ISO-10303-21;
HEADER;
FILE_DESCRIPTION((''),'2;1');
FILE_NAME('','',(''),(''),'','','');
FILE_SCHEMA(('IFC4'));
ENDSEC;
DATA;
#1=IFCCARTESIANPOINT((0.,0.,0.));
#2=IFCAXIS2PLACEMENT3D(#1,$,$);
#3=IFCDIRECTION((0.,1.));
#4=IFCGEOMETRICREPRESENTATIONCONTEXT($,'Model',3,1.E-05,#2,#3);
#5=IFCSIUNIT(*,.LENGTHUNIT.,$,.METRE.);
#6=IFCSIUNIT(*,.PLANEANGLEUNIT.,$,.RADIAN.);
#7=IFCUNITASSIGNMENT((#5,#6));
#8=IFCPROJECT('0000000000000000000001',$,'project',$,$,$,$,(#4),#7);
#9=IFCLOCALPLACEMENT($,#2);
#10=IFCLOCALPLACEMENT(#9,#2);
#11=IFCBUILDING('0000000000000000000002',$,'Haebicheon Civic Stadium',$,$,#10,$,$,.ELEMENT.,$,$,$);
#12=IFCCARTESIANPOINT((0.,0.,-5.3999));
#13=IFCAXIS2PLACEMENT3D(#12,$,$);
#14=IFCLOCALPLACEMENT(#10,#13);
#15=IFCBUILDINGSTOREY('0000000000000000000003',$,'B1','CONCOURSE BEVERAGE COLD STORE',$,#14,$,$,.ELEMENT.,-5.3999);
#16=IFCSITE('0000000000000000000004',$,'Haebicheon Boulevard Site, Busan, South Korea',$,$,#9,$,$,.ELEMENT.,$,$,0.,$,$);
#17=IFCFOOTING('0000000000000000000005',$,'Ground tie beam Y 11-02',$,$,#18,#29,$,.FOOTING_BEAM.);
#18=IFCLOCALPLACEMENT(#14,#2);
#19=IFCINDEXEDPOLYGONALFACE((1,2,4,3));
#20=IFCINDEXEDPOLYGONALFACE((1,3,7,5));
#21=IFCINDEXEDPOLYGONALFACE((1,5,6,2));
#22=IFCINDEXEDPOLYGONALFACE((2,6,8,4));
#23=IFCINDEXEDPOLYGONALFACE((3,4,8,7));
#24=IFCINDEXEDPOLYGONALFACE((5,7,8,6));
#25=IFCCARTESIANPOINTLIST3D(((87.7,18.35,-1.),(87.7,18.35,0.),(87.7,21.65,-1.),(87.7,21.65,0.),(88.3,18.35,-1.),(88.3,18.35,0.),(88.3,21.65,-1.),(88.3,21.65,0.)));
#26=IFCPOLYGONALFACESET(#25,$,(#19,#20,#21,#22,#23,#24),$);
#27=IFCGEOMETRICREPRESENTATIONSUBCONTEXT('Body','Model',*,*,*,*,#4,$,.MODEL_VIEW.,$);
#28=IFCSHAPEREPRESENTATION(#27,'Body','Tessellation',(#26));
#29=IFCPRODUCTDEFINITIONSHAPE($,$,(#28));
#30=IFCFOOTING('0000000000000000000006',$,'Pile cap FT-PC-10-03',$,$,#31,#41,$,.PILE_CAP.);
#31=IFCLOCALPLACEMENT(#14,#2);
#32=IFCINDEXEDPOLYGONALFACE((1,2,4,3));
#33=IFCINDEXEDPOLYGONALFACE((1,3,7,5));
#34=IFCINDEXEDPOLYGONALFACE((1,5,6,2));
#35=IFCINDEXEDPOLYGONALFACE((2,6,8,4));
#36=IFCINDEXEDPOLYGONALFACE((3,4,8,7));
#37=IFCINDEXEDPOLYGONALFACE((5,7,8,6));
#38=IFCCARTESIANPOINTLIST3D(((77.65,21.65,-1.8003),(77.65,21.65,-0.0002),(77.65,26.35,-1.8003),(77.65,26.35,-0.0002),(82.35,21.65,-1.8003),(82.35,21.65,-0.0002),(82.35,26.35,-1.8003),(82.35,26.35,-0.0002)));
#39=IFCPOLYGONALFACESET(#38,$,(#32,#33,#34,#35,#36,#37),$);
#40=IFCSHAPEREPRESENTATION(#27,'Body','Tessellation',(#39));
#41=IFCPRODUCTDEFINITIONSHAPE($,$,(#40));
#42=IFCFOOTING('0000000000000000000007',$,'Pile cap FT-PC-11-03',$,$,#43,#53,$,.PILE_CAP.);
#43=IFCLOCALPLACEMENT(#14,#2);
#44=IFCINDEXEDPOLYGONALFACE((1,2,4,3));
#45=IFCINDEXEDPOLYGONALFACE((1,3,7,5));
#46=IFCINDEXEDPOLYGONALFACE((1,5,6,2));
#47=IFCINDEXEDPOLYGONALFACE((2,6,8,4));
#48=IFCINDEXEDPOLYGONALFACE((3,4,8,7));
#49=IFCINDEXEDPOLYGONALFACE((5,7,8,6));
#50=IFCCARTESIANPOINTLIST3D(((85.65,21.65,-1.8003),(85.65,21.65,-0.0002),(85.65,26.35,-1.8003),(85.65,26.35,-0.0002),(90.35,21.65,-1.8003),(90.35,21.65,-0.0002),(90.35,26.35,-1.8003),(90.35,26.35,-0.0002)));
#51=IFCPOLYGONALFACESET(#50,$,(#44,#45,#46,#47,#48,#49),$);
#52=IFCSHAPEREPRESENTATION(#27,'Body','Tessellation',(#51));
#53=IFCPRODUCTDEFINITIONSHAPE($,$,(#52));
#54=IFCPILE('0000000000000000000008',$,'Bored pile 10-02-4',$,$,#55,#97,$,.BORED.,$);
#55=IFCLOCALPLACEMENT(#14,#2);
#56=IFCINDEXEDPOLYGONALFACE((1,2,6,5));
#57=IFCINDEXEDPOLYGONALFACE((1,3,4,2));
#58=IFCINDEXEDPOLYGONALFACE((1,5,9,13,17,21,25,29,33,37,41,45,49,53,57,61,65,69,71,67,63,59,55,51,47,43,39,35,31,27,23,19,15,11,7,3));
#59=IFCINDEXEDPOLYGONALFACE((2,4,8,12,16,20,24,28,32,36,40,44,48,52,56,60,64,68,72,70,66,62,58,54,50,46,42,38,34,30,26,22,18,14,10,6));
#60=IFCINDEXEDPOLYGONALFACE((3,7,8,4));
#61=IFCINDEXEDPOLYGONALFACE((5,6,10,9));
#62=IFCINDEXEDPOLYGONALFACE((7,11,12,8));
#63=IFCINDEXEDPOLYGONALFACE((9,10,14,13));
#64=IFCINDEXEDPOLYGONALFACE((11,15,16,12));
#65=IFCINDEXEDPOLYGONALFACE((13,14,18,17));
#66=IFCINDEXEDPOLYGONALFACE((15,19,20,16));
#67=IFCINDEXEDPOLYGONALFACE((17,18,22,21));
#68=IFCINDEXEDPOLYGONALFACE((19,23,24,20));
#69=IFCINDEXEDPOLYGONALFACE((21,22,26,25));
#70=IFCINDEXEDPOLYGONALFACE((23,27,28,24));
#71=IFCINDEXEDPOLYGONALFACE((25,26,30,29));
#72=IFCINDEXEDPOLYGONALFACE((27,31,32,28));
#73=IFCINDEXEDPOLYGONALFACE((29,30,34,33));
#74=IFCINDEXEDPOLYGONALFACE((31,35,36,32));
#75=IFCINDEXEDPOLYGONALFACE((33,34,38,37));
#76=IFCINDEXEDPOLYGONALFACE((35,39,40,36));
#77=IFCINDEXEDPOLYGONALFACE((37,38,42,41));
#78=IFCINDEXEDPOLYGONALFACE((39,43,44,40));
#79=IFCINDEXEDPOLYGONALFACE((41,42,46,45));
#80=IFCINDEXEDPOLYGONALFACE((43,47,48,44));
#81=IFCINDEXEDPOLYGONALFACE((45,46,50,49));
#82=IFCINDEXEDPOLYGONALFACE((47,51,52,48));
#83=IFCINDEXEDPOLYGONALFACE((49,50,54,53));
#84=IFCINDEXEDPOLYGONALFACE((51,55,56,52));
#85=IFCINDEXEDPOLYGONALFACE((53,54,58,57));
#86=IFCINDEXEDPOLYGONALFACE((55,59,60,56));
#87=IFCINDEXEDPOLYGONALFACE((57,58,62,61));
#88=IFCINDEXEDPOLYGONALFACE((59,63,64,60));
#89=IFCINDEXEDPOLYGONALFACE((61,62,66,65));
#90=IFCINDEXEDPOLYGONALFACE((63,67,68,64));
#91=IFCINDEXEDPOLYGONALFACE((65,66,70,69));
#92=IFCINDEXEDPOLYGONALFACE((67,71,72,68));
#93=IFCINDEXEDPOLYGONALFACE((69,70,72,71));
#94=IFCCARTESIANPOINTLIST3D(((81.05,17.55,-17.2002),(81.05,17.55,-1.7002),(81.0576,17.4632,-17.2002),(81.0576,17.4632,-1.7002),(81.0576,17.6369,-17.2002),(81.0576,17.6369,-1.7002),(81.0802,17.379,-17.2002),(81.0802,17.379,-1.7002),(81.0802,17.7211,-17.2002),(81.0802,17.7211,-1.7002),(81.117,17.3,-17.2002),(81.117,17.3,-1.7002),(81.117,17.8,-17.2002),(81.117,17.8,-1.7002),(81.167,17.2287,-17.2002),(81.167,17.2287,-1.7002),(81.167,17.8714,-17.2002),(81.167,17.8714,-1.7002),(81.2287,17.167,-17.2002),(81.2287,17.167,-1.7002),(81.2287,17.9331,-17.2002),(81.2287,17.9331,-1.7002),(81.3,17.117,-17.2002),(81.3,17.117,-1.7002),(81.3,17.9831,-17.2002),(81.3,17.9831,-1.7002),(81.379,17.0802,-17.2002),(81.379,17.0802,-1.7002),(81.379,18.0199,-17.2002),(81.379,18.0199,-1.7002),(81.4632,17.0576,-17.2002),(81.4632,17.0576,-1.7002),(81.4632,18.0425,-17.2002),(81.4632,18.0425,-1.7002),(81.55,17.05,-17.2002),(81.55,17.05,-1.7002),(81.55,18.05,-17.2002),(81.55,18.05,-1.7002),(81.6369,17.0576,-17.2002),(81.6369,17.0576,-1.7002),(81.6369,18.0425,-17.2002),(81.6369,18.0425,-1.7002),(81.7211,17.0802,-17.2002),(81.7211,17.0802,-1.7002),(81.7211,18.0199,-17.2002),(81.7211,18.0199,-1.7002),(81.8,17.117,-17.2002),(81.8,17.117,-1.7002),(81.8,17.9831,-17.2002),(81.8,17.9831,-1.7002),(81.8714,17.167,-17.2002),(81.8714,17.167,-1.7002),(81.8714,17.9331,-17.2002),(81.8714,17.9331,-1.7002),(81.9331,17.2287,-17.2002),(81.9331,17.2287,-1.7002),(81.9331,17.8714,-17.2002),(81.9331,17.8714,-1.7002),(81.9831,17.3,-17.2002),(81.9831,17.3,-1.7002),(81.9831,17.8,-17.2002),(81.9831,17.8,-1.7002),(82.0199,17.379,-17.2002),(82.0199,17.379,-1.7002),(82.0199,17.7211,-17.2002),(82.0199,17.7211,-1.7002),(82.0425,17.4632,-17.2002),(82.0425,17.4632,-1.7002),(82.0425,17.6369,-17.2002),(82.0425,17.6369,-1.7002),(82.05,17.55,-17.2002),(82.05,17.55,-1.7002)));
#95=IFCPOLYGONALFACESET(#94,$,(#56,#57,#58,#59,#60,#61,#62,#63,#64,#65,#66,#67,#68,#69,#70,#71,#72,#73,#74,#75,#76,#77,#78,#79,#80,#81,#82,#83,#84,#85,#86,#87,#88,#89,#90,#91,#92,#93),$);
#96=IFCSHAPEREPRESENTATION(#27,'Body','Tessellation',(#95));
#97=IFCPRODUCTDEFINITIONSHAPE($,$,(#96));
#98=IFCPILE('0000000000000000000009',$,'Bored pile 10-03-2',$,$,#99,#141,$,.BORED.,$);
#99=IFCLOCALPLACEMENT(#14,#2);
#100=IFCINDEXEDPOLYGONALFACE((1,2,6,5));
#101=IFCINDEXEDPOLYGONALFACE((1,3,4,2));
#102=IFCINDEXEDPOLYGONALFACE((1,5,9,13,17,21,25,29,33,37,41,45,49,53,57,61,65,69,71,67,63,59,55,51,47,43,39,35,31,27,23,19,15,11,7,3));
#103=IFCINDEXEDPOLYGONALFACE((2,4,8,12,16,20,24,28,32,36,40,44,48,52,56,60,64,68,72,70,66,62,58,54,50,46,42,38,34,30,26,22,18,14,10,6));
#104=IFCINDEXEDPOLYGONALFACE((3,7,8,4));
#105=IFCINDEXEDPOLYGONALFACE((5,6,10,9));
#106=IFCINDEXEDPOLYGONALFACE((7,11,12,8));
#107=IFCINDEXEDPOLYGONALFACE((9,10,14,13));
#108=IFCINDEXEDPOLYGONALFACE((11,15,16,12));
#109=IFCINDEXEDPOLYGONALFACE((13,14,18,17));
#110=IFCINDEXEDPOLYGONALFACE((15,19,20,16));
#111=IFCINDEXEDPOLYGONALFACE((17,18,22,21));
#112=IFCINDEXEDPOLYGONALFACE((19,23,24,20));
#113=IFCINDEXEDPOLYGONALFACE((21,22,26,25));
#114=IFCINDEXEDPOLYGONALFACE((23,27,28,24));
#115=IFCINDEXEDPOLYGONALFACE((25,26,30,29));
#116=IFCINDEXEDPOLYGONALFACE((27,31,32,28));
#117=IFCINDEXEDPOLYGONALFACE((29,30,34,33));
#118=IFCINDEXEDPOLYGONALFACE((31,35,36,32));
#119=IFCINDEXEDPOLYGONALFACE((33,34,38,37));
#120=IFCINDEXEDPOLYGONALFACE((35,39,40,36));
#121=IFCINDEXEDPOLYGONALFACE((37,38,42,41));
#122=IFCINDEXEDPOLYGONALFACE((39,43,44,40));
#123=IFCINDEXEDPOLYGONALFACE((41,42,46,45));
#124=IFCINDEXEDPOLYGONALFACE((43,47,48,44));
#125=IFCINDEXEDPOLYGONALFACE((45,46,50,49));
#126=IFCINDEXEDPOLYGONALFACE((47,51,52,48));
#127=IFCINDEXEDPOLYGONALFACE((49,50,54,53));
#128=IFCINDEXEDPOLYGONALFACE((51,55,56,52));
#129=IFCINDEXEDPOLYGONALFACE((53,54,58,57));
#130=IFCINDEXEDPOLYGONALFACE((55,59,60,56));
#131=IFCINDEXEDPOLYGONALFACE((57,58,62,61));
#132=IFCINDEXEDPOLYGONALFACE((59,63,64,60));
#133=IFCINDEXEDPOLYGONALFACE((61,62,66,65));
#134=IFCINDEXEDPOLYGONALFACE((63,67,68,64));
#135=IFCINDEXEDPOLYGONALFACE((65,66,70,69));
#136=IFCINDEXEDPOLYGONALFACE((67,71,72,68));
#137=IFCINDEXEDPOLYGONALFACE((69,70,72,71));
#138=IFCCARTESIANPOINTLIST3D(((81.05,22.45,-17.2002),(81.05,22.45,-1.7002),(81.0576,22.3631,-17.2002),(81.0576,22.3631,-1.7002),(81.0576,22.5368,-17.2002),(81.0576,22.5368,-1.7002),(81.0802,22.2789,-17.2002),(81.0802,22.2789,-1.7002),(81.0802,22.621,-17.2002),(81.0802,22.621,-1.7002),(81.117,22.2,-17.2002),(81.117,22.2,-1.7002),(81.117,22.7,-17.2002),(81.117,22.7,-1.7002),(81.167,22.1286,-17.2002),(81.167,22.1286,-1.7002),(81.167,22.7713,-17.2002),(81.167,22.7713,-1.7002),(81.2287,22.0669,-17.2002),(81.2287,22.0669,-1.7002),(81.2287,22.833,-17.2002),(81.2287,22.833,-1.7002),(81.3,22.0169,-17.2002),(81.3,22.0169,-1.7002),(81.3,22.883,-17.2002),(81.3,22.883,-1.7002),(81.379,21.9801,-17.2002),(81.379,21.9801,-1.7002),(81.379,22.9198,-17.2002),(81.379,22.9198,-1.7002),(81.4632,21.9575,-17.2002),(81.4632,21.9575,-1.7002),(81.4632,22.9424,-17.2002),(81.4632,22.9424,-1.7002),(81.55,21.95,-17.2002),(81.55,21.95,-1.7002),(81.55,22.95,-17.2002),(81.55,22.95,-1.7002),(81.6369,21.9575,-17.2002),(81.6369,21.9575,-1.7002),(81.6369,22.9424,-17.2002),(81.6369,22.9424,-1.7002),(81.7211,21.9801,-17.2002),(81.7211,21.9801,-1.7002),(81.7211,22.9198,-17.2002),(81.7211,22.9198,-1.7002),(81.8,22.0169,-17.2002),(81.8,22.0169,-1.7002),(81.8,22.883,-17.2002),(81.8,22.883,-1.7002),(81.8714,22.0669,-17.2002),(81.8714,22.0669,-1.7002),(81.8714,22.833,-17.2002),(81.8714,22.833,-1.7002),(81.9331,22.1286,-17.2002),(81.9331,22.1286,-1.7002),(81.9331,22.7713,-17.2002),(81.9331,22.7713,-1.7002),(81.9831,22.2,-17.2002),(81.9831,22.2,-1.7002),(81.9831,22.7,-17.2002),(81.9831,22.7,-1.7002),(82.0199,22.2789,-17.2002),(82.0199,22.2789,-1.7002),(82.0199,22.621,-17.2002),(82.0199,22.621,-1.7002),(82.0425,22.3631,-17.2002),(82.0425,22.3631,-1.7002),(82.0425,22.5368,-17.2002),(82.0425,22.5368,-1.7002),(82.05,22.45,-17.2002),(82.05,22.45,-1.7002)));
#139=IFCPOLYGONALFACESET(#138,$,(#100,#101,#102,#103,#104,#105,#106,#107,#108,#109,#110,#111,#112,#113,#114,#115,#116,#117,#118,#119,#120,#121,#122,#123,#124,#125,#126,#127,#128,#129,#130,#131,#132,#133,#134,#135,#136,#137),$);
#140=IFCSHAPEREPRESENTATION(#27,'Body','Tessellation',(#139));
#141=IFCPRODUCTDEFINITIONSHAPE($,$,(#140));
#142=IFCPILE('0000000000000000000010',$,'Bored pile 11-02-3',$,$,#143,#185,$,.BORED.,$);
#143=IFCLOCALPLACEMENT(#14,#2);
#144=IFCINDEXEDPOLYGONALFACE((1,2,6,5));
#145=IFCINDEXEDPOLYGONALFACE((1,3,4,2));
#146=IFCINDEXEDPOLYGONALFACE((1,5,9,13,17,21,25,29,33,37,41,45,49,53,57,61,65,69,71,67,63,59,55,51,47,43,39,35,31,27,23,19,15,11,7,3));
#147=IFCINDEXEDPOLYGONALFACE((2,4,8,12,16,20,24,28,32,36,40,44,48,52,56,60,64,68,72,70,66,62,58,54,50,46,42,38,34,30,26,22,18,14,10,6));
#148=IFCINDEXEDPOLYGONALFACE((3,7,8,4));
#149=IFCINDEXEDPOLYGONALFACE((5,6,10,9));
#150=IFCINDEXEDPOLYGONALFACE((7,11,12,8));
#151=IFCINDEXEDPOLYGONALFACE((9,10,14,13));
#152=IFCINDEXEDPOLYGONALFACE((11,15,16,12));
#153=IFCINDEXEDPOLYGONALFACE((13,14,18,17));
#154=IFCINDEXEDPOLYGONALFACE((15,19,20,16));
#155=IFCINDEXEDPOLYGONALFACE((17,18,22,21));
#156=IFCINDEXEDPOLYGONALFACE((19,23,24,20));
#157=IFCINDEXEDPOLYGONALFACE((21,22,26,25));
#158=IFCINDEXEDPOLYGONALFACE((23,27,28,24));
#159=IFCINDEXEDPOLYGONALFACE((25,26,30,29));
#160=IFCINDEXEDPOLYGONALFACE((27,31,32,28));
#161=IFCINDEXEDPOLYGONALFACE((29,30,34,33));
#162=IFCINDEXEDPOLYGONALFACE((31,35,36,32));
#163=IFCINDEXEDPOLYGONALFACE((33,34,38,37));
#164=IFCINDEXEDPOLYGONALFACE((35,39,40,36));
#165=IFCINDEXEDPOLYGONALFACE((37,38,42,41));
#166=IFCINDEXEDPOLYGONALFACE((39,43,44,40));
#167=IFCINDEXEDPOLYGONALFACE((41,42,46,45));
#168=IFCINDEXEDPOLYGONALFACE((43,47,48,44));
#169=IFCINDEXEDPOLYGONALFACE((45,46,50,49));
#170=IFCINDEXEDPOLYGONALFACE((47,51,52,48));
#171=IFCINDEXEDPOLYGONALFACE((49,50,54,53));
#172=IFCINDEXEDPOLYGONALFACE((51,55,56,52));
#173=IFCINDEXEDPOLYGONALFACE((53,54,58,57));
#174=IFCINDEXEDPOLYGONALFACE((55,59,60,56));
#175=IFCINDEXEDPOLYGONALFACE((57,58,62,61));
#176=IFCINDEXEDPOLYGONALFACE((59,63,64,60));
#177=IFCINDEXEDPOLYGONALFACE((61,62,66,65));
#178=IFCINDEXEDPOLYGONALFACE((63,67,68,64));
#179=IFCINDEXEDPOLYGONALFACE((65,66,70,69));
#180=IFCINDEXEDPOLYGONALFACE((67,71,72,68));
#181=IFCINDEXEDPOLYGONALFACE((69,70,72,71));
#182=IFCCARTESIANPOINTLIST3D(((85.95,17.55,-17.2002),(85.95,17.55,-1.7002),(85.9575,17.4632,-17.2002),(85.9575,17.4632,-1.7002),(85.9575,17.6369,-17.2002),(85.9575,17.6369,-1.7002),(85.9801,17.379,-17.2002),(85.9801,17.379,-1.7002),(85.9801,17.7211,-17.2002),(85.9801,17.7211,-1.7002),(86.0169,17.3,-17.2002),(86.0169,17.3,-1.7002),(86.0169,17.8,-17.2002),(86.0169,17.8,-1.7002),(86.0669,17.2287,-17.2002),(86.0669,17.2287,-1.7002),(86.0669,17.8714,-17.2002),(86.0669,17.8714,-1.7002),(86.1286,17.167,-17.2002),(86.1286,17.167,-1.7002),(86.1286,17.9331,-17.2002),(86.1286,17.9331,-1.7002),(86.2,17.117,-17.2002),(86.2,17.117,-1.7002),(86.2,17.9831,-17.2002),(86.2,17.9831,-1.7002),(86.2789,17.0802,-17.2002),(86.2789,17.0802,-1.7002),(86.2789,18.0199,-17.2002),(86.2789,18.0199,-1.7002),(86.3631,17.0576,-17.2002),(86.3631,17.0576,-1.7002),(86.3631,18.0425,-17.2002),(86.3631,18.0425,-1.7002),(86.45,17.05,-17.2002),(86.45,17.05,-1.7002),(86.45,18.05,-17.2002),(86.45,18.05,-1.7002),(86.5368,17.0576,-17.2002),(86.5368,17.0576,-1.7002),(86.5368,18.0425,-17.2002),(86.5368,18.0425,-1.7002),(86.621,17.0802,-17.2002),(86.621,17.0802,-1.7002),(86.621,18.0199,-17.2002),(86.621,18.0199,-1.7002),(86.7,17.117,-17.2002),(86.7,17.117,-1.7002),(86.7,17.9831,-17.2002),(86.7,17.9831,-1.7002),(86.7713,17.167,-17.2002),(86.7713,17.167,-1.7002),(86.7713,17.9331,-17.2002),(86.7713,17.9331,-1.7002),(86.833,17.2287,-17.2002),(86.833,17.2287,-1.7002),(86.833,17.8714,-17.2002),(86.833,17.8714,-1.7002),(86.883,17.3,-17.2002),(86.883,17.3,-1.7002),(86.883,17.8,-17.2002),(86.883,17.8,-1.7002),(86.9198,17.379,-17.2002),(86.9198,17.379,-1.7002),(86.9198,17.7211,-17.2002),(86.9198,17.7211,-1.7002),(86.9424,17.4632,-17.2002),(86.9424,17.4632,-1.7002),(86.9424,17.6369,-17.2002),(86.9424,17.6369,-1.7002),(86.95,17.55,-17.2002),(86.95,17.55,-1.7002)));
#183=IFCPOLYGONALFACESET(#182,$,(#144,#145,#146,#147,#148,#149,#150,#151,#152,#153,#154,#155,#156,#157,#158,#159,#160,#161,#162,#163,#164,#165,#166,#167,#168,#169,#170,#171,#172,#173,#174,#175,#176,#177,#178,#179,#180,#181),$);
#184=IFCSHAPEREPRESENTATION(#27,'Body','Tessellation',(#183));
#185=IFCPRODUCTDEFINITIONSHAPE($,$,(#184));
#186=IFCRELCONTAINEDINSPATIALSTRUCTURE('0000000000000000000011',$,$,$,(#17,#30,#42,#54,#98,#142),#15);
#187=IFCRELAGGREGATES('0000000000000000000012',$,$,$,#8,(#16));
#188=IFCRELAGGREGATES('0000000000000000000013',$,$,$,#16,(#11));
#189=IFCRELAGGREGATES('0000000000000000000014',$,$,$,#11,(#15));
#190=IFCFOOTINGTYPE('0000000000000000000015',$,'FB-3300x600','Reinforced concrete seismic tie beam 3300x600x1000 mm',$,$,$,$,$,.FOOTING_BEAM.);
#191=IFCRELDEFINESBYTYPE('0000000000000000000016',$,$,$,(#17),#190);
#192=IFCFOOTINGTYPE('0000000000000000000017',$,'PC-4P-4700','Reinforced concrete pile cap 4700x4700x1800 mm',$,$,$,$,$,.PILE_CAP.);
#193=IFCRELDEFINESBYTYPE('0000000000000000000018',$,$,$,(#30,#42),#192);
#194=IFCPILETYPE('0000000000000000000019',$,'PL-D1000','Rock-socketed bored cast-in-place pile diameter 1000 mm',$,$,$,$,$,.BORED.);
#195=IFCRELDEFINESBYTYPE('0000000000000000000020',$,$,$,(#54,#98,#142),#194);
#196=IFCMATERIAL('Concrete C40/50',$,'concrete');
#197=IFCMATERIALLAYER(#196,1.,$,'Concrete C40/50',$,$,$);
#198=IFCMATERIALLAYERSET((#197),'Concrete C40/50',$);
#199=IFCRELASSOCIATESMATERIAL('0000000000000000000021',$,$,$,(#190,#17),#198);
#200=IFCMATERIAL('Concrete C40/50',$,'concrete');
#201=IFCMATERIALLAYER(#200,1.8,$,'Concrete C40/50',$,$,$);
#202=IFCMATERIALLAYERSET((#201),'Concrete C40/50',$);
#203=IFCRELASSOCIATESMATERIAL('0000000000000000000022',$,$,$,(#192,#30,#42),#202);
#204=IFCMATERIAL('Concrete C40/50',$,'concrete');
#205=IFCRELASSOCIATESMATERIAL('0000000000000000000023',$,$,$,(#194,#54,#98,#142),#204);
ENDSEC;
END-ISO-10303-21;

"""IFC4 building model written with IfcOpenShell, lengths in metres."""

from ifc_helpers import new_model, si_unit, direction, frame, origin, origin_2d, place, context, subcontext, project, spatial, rectangle, circle, extrude, material, layer, layer_set, material_profile, profile_set, type_object, element, save


model = new_model("IFC4")

# Units and contexts
model_context = context("Model", 3, precision=1e-05, world=origin(), true_north=direction((0.0, 1.0)))
body_context = subcontext(model_context, "Body", "Model", "MODEL_VIEW")
ifc_project = project(units=[si_unit("LENGTHUNIT", "METRE"), si_unit("PLANEANGLEUNIT", "RADIAN")], contexts=[model_context])

# Site, building, storey
site_placement = place(None, origin())
site = spatial("IfcSite", under=ifc_project, at=site_placement, Name="Haebicheon Boulevard Site, Busan, South Korea", CompositionType="ELEMENT", RefElevation=0.0)
building_placement = place(site_placement, origin())
building = spatial("IfcBuilding", under=site, at=building_placement, Name="Haebicheon Civic Stadium", CompositionType="ELEMENT")
storey_placement = place(building_placement, frame((0.0, 0.0, -5.3999)))
storey = spatial("IfcBuildingStorey", under=building, at=storey_placement, Name="B1", Description="CONCOURSE BEVERAGE COLD STORE", CompositionType="ELEMENT", Elevation=-5.3999)

# Footings
ifc_material_1 = material(Name="Concrete C40/50", Category="concrete")
ifc_layer_1 = layer(ifc_material_1, 1.0, Name="Concrete C40/50")
ifc_layer_set_1 = layer_set([ifc_layer_1], Name="Concrete C40/50")
footing_type_1 = type_object("IfcFootingType", Name="FB-3300x600", Description="Reinforced concrete seismic tie beam 3300x600x1000 mm", PredefinedType="FOOTING_BEAM", material=ifc_layer_set_1)
footing_placement = place(storey_placement, frame((88.0, 20.0, -1.0), z_axis=(0.0, 0.0, 1.0), x_axis=(0.0, 1.0, 0.0)))
element("IfcFooting", 1, at=footing_placement, inside=storey, type_object=footing_type_1, material=ifc_layer_set_1, Name="Ground tie beam Y 11-02", PredefinedType="FOOTING_BEAM", context=body_context, shape_type="SweptSolid", body=[
    extrude(rectangle(XDim=3.3, YDim=0.6001, at=origin_2d()), origin(), (0.0, 0.0, 1.0), 1.0),
])
ifc_material_2 = material(Name="Concrete C40/50", Category="concrete")
ifc_layer_2 = layer(ifc_material_2, 1.8, Name="Concrete C40/50")
ifc_layer_set_2 = layer_set([ifc_layer_2], Name="Concrete C40/50")
footing_type_2 = type_object("IfcFootingType", Name="PC-4P-4700", Description="Reinforced concrete pile cap 4700x4700x1800 mm", PredefinedType="PILE_CAP", material=ifc_layer_set_2)
for number, where, z_axis, x_axis, name in (
    (2, (80.0, 24.0, -1.8003), (0.0, 0.0, 1.0), (1.0, 0.0, 0.0), "Pile cap FT-PC-10-03"),
    (3, (88.0, 24.0, -1.8003), (0.0, 0.0, 1.0), (1.0, 0.0, 0.0), "Pile cap FT-PC-11-03"),
):
    element("IfcFooting", number, at=place(storey_placement, frame(where, z_axis=z_axis, x_axis=x_axis)), inside=storey, type_object=footing_type_2, material=ifc_layer_set_2, Name=name, PredefinedType="PILE_CAP", context=body_context, shape_type="SweptSolid", body=[
        extrude(rectangle(XDim=4.7, YDim=4.7, at=origin_2d()), origin(), (0.0, 0.0, 1.0), 1.8),
    ])

# Piles
ifc_material_3 = material(Name="Concrete C40/50", Category="concrete")
ifc_material_profile_1 = material_profile(ifc_material_3, circle(Radius=0.5, at=origin_2d()), Name="PILE-D1000")
ifc_profile_set_1 = profile_set([ifc_material_profile_1], Name="Concrete C40/50")
pile_type = type_object("IfcPileType", Name="PL-D1000", Description="Rock-socketed bored cast-in-place pile diameter 1000 mm", PredefinedType="BORED", material=ifc_profile_set_1)
for number, where, z_axis, x_axis, name in (
    (4, (81.55, 17.55, -1.7002), (0.0, 0.0, -1.0), (1.0, 0.0, 0.0), "Bored pile 10-02-4"),
    (5, (81.55, 22.45, -1.7002), (0.0, 0.0, -1.0), (1.0, 0.0, 0.0), "Bored pile 10-03-2"),
    (6, (86.45, 17.55, -1.7002), (0.0, 0.0, -1.0), (1.0, 0.0, 0.0), "Bored pile 11-02-3"),
):
    element("IfcPile", number, at=place(storey_placement, frame(where, z_axis=z_axis, x_axis=x_axis)), inside=storey, type_object=pile_type, material=ifc_profile_set_1, Name=name, PredefinedType="BORED", context=body_context, shape_type="SweptSolid", body=[
        extrude(circle(Radius=0.5, at=origin_2d()), origin(), (0.0, 0.0, 1.0), 15.5),
    ])

save(model, "model.ifc")
